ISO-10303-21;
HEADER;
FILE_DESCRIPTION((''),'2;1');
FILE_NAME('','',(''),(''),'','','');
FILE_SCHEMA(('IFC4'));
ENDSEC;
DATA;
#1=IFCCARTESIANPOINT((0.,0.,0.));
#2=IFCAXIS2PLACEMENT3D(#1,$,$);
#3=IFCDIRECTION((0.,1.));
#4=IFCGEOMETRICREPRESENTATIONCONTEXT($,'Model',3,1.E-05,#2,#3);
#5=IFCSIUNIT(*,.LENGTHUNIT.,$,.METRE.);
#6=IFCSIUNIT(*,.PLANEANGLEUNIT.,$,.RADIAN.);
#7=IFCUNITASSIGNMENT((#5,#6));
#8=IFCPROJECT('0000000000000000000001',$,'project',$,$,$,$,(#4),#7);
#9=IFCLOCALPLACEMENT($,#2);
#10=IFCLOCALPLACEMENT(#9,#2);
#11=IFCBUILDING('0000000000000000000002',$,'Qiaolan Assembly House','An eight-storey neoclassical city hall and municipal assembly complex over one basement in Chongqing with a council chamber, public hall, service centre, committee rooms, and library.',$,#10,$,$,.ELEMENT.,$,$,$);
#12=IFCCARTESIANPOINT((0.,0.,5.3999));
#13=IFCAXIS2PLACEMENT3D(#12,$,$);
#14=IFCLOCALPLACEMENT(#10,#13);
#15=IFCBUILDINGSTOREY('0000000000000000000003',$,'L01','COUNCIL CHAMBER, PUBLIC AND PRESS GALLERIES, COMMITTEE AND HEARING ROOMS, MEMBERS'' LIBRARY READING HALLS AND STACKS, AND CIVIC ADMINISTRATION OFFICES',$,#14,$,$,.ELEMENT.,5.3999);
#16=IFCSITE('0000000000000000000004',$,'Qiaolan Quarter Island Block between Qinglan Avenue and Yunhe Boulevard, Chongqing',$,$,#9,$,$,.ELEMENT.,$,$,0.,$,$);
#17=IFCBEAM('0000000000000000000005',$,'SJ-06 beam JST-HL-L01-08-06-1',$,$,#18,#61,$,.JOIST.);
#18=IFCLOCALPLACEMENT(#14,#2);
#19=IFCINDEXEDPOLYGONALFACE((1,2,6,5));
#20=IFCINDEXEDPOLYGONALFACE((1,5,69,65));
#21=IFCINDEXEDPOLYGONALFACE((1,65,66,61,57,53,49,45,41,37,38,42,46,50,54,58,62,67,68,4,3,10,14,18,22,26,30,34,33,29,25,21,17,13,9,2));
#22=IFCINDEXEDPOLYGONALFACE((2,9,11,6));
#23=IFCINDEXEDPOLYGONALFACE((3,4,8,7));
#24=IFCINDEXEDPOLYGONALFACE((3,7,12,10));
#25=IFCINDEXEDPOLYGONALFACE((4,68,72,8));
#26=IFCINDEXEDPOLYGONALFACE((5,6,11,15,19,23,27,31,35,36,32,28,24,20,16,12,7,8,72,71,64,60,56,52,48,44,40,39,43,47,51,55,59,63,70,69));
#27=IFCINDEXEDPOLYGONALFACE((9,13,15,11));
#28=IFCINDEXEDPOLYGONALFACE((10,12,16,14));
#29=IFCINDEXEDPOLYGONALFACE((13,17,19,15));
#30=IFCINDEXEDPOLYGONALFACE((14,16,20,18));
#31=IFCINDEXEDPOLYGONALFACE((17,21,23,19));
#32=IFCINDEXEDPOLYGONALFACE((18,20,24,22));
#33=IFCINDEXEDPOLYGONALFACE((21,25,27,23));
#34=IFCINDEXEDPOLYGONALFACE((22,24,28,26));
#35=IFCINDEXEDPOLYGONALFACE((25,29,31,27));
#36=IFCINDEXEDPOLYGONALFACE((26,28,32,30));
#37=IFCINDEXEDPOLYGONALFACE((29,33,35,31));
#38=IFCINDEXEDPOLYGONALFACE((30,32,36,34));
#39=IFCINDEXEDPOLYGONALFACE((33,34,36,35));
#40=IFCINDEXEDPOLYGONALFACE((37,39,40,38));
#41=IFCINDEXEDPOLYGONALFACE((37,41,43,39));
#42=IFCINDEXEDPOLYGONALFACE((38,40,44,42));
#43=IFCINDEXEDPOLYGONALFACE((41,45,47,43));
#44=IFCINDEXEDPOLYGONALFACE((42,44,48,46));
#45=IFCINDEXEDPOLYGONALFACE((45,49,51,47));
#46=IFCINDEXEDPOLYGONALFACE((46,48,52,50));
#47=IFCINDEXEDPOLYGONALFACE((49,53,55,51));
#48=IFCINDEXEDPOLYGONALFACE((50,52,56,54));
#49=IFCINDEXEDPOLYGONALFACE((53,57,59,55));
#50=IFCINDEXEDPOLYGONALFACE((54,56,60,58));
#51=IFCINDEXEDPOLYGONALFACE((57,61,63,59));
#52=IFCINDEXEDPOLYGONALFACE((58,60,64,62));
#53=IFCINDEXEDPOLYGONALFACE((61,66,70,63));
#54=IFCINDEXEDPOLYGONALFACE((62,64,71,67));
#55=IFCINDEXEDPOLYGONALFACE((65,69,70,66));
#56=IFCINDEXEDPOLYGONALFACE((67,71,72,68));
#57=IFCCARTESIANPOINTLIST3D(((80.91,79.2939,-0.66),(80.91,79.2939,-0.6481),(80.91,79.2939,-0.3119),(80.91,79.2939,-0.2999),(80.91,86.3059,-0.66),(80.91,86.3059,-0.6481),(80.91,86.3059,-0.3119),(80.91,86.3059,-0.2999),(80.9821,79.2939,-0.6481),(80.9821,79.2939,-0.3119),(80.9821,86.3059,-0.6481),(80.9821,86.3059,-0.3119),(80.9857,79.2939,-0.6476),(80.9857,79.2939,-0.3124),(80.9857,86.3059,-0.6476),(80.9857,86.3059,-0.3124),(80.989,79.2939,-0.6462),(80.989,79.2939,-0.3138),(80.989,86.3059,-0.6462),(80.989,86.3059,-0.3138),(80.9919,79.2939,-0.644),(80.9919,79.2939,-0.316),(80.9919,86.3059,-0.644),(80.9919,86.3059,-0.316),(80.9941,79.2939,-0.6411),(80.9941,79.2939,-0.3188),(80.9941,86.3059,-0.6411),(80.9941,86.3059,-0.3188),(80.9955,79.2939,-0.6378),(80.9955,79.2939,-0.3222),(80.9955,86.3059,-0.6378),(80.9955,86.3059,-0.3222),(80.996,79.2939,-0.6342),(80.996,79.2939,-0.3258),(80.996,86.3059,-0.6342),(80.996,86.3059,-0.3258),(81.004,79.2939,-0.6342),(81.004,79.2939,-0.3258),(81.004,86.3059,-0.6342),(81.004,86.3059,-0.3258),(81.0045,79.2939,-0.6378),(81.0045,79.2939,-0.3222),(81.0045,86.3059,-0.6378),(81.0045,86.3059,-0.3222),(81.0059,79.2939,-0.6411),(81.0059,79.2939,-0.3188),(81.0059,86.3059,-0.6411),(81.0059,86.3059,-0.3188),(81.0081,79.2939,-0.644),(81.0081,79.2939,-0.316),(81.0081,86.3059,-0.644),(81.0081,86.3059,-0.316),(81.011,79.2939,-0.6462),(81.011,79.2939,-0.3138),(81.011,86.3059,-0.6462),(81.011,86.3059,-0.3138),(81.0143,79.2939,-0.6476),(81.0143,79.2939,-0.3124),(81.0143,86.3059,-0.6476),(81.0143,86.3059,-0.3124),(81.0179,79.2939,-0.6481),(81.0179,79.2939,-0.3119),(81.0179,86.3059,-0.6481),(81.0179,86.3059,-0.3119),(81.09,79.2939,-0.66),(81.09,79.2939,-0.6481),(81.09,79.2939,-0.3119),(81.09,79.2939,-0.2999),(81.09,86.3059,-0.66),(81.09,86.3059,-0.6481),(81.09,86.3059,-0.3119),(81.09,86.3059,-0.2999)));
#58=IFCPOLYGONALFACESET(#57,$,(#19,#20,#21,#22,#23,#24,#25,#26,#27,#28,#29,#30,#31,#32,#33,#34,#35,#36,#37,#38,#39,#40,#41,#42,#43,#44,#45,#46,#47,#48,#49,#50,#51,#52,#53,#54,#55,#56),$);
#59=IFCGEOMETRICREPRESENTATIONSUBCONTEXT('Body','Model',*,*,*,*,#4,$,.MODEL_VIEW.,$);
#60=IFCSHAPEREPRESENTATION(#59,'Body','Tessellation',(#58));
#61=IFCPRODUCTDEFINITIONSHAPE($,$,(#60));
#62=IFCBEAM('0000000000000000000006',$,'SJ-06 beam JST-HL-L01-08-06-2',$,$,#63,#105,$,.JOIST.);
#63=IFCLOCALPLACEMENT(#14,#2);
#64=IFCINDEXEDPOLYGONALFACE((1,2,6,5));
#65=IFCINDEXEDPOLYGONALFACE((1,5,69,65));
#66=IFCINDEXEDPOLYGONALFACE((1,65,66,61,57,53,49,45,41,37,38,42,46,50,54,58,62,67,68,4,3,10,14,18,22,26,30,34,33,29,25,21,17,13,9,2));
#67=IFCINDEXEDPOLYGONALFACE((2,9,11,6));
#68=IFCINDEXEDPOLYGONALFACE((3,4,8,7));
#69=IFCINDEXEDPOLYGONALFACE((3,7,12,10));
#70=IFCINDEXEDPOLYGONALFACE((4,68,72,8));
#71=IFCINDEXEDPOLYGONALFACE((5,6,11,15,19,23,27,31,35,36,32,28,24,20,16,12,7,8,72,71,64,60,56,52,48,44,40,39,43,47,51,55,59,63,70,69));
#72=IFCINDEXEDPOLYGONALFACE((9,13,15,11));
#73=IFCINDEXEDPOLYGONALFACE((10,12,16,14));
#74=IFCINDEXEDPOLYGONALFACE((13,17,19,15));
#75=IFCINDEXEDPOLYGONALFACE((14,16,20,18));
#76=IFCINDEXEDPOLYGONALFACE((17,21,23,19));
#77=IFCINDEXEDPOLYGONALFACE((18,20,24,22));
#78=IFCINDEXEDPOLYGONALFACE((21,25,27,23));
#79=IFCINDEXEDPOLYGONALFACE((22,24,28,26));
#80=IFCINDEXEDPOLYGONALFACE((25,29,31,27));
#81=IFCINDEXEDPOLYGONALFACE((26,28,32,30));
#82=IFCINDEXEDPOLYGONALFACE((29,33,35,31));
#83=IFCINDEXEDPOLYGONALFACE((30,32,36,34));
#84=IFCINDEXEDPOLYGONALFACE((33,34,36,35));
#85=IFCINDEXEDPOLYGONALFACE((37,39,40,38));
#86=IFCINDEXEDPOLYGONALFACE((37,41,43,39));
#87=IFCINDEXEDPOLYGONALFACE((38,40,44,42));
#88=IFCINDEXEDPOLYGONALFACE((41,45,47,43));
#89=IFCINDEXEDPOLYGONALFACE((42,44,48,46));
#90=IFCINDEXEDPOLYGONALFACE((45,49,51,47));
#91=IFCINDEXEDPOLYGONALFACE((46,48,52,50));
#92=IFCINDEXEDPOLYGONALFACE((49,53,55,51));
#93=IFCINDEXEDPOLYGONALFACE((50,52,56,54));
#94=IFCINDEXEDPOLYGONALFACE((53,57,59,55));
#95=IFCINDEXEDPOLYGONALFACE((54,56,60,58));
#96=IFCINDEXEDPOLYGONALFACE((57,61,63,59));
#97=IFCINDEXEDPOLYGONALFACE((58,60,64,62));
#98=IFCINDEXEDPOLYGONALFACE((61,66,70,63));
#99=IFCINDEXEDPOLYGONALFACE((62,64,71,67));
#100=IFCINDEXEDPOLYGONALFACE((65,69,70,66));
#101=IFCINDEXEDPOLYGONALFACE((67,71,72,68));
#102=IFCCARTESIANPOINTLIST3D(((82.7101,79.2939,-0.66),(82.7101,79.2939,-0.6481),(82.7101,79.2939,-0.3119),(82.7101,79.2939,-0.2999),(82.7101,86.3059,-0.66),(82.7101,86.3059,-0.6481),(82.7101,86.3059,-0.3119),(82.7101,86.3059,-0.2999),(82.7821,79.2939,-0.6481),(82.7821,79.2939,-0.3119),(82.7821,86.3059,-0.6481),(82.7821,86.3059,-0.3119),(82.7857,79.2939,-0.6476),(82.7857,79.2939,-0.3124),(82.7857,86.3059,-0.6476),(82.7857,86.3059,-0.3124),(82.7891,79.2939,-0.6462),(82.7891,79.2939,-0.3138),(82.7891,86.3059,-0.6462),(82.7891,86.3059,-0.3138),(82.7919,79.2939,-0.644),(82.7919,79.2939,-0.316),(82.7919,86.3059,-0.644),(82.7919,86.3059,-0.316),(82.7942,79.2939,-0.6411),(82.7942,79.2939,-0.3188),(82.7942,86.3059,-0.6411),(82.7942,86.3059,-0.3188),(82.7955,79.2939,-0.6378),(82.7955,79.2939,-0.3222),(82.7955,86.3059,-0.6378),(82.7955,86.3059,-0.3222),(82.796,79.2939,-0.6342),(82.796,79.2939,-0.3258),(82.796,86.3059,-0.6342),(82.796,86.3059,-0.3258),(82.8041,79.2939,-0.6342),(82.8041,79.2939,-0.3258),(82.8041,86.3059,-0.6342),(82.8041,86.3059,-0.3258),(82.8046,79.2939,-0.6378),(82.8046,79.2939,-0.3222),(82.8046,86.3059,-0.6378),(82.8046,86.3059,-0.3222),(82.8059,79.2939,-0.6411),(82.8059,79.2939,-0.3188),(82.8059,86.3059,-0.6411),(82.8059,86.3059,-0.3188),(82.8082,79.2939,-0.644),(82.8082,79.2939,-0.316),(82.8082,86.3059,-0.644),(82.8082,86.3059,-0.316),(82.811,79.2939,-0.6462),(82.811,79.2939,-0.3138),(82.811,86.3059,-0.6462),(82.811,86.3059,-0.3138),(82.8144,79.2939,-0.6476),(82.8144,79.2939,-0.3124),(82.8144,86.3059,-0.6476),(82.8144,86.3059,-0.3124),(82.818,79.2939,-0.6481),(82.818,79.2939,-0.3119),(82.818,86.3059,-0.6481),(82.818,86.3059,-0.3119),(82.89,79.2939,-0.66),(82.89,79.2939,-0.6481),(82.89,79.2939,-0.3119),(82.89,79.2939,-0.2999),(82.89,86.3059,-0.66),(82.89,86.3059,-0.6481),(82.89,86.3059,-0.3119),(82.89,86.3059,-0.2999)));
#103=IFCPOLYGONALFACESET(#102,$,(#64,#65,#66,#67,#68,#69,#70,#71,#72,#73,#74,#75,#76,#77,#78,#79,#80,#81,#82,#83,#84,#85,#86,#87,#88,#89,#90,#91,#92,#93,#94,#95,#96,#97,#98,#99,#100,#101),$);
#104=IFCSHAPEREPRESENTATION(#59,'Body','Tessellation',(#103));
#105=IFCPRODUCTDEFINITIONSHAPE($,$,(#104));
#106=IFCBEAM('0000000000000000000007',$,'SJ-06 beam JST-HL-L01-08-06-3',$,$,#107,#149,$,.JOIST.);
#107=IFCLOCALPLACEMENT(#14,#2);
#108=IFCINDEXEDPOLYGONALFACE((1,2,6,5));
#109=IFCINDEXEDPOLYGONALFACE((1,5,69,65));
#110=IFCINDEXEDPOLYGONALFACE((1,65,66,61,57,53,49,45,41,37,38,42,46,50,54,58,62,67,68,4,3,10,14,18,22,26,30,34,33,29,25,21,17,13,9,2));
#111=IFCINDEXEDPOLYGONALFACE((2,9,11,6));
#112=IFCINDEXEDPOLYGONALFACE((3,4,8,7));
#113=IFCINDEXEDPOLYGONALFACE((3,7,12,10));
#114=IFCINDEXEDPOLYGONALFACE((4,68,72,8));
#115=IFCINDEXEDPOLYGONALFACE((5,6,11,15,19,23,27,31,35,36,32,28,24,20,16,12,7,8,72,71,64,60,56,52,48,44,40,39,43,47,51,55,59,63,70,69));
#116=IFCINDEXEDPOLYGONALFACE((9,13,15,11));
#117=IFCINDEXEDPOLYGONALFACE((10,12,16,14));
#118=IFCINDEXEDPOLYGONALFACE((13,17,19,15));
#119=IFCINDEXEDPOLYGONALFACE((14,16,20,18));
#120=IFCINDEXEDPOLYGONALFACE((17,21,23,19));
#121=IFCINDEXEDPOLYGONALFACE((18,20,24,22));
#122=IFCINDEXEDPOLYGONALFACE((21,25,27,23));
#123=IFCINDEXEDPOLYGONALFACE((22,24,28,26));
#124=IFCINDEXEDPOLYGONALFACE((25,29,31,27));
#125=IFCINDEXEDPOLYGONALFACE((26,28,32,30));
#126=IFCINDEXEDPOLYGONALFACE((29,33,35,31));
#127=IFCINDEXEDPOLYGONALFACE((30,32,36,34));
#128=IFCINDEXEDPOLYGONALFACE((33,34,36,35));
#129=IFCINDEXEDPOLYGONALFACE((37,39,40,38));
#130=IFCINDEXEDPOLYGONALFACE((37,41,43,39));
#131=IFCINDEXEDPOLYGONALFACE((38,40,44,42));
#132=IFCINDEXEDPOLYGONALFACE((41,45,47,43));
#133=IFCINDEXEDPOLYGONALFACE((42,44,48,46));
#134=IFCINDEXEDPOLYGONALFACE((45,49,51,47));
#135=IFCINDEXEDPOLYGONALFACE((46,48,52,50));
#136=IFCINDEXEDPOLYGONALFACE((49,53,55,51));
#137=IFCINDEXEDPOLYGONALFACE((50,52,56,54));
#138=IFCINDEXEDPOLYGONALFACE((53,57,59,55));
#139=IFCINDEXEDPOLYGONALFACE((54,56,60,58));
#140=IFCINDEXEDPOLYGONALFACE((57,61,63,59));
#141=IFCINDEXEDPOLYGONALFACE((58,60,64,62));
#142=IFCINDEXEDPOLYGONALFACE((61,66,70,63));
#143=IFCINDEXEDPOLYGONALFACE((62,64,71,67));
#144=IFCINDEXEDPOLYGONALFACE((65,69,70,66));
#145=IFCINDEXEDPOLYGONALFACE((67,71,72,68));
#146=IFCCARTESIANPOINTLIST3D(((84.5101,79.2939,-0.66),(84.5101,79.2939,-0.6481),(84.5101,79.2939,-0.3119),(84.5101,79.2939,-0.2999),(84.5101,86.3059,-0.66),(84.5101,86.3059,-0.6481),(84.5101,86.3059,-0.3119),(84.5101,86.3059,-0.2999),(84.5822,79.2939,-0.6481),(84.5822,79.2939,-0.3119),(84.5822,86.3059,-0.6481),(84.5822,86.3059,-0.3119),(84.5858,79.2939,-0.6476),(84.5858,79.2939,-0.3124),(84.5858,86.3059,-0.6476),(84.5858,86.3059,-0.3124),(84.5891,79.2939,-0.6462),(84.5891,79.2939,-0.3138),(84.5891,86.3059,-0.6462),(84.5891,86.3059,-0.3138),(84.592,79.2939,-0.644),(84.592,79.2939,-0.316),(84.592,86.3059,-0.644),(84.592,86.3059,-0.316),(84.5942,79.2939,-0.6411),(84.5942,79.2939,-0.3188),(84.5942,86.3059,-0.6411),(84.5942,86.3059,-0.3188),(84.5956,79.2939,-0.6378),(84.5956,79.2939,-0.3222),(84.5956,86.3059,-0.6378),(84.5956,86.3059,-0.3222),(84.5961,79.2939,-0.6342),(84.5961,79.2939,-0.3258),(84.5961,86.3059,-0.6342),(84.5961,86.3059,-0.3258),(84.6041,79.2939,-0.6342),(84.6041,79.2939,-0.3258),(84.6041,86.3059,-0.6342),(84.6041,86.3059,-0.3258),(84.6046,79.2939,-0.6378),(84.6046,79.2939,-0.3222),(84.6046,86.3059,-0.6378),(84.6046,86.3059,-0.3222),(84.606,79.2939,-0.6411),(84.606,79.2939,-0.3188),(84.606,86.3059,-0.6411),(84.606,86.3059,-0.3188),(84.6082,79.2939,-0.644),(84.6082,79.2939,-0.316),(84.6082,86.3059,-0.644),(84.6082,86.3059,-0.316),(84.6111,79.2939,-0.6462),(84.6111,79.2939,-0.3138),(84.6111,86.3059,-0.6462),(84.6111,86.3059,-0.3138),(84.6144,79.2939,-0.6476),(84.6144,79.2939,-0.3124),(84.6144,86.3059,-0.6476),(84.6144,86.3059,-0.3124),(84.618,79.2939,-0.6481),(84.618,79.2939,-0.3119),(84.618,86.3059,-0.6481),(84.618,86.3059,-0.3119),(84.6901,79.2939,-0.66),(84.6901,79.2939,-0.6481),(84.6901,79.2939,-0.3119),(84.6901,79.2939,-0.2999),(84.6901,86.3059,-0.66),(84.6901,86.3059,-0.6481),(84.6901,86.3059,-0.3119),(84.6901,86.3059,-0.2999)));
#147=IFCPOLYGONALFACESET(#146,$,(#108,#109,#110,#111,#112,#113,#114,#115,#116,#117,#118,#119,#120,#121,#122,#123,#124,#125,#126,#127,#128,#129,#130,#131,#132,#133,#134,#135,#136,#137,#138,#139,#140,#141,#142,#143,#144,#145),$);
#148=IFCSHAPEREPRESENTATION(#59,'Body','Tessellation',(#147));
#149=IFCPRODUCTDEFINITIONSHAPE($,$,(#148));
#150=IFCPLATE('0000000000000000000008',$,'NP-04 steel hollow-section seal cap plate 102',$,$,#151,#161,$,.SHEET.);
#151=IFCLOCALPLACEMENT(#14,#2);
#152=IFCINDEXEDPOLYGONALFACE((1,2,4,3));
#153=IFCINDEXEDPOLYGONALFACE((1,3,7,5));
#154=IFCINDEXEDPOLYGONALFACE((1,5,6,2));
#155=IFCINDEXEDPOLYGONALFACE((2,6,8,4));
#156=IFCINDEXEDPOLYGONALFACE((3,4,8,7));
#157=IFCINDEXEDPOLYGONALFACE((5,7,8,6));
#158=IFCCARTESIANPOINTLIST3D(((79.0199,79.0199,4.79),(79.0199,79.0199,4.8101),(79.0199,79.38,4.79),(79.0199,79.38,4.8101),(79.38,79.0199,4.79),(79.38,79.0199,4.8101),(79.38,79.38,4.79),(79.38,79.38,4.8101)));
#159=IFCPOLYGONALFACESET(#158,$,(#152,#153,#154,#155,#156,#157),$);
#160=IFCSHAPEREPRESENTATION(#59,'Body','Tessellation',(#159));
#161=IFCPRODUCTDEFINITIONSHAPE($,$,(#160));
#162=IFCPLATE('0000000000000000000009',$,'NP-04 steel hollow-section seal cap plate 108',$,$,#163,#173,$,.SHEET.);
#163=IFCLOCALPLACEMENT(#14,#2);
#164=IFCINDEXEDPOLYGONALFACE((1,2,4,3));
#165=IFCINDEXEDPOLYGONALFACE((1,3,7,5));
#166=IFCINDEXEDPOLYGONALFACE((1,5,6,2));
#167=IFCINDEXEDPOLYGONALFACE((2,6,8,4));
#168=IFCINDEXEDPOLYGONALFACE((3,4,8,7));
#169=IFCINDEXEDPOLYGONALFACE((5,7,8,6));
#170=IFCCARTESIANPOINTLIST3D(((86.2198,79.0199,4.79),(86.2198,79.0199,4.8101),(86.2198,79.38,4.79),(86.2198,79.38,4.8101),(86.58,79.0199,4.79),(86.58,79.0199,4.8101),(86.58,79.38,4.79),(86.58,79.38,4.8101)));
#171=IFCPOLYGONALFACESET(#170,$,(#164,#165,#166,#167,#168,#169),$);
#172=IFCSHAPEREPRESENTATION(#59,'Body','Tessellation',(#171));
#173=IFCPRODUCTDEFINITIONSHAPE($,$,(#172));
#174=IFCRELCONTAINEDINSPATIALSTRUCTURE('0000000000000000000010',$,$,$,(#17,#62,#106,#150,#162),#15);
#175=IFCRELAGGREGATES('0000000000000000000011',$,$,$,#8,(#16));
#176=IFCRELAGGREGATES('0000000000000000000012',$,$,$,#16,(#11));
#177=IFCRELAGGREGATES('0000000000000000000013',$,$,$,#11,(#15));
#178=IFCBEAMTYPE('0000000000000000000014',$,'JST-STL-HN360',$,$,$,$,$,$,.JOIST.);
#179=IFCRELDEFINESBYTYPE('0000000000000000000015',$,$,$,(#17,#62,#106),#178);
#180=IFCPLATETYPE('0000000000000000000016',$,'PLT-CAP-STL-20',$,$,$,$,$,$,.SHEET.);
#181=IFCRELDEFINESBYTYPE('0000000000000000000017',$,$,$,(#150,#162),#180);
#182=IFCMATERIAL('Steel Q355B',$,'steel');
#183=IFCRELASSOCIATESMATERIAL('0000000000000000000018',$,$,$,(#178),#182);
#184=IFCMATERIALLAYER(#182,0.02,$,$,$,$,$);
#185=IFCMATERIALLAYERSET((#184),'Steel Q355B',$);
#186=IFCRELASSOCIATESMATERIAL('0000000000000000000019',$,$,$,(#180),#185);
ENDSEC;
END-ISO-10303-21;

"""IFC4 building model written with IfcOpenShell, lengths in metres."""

from ifc_helpers import new_model, si_unit, direction, frame, origin, origin_2d, place, context, subcontext, project, spatial, rectangle, i_section, extrude, material, layer, layer_set, material_profile, profile_set, type_object, element, save


model = new_model("IFC4")

# Units and contexts
model_context = context("Model", 3, precision=1e-05, world=origin(), true_north=direction((0.0, 1.0)))
body_context = subcontext(model_context, "Body", "Model", "MODEL_VIEW")
ifc_project = project(units=[si_unit("LENGTHUNIT", "METRE"), si_unit("PLANEANGLEUNIT", "RADIAN")], contexts=[model_context])

# Site, building, storey
site_placement = place(None, origin())
site = spatial("IfcSite", under=ifc_project, at=site_placement, Name="Qiaolan Quarter Island Block between Qinglan Avenue and Yunhe Boulevard, Chongqing", CompositionType="ELEMENT", RefElevation=0.0)
building_placement = place(site_placement, origin())
building = spatial("IfcBuilding", under=site, at=building_placement, Name="Qiaolan Assembly House", Description="An eight-storey neoclassical city hall and municipal assembly complex over one basement in Chongqing with a council chamber, public hall, service centre, committee rooms, and library.", CompositionType="ELEMENT")
storey_placement = place(building_placement, frame((0.0, 0.0, 5.3999)))
storey = spatial("IfcBuildingStorey", under=building, at=storey_placement, Name="L01", Description="COUNCIL CHAMBER, PUBLIC AND PRESS GALLERIES, COMMITTEE AND HEARING ROOMS, MEMBERS' LIBRARY READING HALLS AND STACKS, AND CIVIC ADMINISTRATION OFFICES", CompositionType="ELEMENT", Elevation=5.3999)

# Shared definitions
ifc_material_1 = material(Name="Steel Q355B", Category="steel")

# Beams
ifc_material_profile_1 = material_profile(ifc_material_1, i_section(OverallWidth=0.1799, OverallDepth=0.3601, WebThickness=0.0081, FlangeThickness=0.012, FilletRadius=0.0139, at=origin_2d()), Name="HN 360x180x8x12")
ifc_profile_set_1 = profile_set([ifc_material_profile_1], Name="Steel Q355B")
beam_type_1 = type_object("IfcBeamType", Name="JST-STL-HN360", PredefinedType="JOIST", material=ifc_profile_set_1)
for number, where, z_axis, x_axis, name in (
    (1, (81.0, 79.2939, -0.48), (0.0, 1.0, 0.0), (-1.0, 0.0, 0.0), "SJ-06 beam JST-HL-L01-08-06-1"),
    (2, (82.8, 79.2939, -0.48), (0.0, 1.0, 0.0), (-1.0, 0.0, 0.0), "SJ-06 beam JST-HL-L01-08-06-2"),
    (3, (84.6001, 79.2939, -0.48), (0.0, 1.0, 0.0), (-1.0, 0.0, 0.0), "SJ-06 beam JST-HL-L01-08-06-3"),
):
    element("IfcBeam", number, at=place(storey_placement, frame(where, z_axis=z_axis, x_axis=x_axis)), inside=storey, type_object=beam_type_1, Name=name, PredefinedType="JOIST", context=body_context, shape_type="SweptSolid", body=[
        extrude(i_section(OverallWidth=0.1799, OverallDepth=0.3601, WebThickness=0.0081, FlangeThickness=0.012, FilletRadius=0.0139, at=origin_2d()), origin(), (0.0, 0.0, 1.0), 7.012),
    ])

# Plates
ifc_layer = layer(ifc_material_1, 0.02)
ifc_layer_set = layer_set([ifc_layer], Name="Steel Q355B")
plate_type = type_object("IfcPlateType", Name="PLT-CAP-STL-20", PredefinedType="SHEET", material=ifc_layer_set)
for number, where, z_axis, x_axis, name in (
    (4, (79.2, 79.2, 4.79), (0.0, 0.0, 1.0), (1.0, 0.0, 0.0), "NP-04 steel hollow-section seal cap plate 102"),
    (5, (86.3999, 79.2, 4.79), (0.0, 0.0, 1.0), (1.0, 0.0, 0.0), "NP-04 steel hollow-section seal cap plate 108"),
):
    element("IfcPlate", number, at=place(storey_placement, frame(where, z_axis=z_axis, x_axis=x_axis)), inside=storey, type_object=plate_type, Name=name, PredefinedType="SHEET", context=body_context, shape_type="SweptSolid", body=[
        extrude(rectangle(XDim=0.3601, YDim=0.3601, at=origin_2d()), origin(), (0.0, 0.0, 1.0), 0.02),
    ])

save(model, "model.ifc")
